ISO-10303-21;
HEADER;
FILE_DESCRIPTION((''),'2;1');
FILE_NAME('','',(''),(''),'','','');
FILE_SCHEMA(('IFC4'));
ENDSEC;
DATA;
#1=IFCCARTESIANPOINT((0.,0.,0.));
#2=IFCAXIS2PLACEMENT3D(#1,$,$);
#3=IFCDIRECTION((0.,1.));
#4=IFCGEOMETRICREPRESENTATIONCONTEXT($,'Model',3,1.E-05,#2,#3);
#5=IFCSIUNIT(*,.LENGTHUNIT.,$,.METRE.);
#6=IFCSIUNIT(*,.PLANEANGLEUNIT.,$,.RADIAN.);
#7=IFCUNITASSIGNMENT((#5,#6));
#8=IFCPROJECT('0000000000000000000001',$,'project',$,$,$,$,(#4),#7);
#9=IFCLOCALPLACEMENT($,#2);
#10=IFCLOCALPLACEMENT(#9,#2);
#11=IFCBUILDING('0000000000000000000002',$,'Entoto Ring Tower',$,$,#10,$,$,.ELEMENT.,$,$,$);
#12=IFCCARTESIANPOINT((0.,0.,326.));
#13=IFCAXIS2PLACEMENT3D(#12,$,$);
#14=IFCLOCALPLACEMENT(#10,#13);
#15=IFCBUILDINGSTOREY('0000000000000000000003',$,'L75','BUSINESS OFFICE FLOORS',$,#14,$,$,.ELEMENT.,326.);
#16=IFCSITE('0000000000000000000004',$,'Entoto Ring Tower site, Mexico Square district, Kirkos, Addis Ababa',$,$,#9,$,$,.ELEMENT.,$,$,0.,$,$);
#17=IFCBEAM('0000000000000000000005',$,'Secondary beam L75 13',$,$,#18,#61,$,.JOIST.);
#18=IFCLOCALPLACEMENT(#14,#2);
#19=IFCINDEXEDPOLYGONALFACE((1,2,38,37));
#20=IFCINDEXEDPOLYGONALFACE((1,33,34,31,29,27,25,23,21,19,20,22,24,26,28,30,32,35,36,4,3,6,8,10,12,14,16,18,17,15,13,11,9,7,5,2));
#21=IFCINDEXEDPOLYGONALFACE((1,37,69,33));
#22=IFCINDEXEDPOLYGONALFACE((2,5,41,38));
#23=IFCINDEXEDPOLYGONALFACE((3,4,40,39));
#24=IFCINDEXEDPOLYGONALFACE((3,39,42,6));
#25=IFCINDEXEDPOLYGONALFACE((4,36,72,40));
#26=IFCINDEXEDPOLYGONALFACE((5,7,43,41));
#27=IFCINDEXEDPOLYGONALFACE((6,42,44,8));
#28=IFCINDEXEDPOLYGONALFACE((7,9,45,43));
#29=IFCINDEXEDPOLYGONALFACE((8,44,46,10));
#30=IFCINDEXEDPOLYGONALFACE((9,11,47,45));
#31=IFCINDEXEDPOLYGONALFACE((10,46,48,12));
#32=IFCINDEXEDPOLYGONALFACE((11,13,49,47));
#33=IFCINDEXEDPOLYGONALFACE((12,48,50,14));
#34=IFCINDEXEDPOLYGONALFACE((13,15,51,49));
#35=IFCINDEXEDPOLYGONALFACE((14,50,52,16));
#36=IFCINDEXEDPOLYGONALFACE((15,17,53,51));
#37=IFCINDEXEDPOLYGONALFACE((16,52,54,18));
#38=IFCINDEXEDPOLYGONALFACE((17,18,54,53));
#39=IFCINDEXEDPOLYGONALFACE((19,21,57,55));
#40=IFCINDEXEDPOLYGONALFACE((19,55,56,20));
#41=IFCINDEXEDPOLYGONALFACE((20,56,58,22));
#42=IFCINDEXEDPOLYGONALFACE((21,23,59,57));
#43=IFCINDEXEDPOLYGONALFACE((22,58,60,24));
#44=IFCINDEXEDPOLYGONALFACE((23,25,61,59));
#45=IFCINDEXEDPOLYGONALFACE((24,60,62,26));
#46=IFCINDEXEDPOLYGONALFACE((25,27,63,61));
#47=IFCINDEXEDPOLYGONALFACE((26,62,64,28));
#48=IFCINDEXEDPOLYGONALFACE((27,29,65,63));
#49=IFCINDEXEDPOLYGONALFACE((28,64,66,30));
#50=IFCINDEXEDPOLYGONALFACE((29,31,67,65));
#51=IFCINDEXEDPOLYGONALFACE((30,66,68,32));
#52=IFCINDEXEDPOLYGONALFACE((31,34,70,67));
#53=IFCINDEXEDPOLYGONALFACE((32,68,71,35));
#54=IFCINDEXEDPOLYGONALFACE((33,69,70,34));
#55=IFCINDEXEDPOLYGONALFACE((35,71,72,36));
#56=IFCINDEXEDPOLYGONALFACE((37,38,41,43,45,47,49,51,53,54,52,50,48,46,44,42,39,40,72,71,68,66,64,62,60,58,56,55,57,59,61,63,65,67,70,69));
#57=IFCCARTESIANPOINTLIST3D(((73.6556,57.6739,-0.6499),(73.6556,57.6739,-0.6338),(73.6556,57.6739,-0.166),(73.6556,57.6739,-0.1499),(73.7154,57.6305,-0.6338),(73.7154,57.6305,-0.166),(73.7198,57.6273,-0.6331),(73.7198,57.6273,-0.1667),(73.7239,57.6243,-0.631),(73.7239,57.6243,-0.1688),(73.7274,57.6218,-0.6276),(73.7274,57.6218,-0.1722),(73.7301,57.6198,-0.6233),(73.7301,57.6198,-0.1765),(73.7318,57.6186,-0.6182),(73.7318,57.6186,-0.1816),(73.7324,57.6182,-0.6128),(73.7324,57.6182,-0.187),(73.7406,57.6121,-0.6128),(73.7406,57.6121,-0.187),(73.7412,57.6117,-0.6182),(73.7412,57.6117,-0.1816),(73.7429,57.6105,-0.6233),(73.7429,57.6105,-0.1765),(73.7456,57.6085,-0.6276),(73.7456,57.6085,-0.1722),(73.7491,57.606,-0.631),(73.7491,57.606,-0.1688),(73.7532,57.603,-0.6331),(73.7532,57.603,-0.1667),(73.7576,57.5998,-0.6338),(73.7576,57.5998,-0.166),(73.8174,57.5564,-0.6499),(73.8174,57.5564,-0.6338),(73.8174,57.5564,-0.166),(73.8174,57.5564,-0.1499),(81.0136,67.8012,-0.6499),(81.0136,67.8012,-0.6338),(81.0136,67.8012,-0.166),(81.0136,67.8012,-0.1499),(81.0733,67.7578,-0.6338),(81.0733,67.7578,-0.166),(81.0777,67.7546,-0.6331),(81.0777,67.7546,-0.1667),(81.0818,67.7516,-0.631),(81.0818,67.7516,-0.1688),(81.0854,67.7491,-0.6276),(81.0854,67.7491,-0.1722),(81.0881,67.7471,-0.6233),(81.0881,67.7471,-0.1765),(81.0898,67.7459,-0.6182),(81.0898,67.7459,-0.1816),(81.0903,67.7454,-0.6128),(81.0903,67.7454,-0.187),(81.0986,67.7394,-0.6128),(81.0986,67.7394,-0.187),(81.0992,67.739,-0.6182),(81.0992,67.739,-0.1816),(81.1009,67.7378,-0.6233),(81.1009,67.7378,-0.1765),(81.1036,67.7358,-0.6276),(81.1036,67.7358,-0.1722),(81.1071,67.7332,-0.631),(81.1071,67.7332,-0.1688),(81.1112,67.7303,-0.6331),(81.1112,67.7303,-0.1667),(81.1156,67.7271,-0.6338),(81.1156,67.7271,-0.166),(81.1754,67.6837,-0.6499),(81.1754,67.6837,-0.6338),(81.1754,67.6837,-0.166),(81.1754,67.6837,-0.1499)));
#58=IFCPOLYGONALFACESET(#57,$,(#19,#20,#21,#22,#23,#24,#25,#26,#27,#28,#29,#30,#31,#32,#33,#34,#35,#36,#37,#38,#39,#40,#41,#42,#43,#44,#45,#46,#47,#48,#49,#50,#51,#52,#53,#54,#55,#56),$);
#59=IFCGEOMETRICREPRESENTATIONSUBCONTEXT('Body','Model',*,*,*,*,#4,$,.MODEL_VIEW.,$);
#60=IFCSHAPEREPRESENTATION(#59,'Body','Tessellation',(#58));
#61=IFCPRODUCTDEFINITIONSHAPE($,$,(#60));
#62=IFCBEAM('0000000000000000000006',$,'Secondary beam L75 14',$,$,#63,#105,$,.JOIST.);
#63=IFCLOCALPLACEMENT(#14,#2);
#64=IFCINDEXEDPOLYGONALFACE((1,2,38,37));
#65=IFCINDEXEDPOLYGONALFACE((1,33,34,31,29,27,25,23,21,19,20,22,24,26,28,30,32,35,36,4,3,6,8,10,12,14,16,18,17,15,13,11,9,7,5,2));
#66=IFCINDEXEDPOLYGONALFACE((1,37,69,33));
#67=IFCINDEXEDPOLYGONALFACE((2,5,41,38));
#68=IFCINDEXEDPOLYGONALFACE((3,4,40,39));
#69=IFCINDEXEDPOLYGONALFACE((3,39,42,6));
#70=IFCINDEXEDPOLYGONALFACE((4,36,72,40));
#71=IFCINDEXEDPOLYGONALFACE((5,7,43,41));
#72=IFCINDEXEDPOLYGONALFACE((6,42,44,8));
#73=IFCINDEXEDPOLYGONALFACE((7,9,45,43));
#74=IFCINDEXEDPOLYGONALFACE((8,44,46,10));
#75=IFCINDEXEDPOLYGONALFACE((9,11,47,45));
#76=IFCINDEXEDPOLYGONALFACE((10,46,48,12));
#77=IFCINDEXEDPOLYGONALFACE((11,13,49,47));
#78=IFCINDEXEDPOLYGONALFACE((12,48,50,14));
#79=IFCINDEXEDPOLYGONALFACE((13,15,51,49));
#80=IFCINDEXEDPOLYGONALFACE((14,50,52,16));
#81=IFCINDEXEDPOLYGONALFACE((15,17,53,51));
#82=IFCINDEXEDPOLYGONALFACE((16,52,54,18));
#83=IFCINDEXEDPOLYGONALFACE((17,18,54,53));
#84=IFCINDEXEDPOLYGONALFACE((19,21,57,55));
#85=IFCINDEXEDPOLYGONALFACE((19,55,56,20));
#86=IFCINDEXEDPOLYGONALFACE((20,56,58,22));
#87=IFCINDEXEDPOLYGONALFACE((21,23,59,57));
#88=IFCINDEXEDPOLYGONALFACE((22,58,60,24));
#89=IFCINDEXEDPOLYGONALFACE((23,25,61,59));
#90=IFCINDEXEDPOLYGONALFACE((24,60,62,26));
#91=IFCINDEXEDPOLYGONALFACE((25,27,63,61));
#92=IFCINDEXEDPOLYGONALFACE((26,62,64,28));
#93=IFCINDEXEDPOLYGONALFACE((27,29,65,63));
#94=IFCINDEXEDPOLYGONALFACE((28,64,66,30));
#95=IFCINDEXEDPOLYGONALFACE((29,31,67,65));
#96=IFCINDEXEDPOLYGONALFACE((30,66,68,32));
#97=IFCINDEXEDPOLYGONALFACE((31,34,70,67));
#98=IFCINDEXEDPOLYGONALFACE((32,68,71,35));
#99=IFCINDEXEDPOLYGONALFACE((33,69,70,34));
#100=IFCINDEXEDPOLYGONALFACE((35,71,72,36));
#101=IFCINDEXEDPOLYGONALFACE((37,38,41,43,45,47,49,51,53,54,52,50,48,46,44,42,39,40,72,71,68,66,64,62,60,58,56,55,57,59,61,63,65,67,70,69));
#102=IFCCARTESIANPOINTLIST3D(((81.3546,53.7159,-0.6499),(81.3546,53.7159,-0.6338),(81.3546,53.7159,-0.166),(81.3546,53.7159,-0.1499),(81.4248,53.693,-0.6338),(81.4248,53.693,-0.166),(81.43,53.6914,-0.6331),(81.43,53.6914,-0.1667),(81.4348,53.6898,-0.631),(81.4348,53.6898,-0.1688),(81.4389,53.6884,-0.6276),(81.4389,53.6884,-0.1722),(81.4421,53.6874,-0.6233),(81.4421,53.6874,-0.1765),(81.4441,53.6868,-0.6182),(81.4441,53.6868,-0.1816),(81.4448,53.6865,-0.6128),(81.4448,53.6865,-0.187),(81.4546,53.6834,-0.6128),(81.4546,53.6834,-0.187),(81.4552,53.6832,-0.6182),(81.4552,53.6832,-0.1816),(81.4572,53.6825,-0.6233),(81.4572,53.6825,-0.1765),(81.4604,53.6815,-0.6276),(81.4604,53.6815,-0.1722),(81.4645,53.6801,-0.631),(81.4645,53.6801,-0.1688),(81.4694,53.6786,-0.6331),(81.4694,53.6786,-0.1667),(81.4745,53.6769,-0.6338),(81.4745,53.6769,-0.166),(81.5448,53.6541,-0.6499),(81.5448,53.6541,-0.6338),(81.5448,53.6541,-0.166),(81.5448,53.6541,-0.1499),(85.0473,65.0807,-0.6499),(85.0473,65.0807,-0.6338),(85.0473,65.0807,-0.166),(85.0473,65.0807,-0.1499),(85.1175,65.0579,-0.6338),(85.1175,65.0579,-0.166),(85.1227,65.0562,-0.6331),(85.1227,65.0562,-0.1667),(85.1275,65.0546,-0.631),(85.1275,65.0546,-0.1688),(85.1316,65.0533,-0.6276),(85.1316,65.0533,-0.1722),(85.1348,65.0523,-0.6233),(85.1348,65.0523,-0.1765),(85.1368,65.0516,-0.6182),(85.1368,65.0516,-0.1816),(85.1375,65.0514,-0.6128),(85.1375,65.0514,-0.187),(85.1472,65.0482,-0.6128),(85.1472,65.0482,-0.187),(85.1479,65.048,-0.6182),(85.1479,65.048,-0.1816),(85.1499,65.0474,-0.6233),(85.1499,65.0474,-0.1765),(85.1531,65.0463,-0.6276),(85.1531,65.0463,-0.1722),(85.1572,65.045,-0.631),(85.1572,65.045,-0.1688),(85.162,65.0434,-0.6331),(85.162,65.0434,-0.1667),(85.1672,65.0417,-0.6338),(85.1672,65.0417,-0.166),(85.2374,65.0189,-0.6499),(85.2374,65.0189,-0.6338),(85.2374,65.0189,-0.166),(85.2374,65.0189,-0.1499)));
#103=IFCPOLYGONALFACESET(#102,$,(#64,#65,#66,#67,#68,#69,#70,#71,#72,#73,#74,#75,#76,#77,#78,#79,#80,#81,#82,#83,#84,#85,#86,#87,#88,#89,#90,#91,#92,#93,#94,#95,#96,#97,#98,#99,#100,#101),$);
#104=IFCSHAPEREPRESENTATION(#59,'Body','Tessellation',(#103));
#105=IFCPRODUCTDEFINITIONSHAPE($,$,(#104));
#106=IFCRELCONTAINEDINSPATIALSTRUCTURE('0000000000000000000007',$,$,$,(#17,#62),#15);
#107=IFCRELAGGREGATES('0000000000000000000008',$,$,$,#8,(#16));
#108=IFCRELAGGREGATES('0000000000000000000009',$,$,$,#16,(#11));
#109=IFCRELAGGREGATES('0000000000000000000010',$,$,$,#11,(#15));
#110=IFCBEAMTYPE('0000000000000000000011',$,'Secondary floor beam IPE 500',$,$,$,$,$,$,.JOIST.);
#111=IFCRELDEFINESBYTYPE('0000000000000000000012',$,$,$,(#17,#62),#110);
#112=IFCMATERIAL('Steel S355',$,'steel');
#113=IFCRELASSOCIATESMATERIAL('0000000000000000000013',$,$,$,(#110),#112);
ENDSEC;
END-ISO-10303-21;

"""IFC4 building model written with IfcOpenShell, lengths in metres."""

from ifc_helpers import new_model, si_unit, direction, frame, origin, origin_2d, place, context, subcontext, project, spatial, i_section, extrude, material, material_profile, profile_set, type_object, element, save


model = new_model("IFC4")

# Units and contexts
model_context = context("Model", 3, precision=1e-05, world=origin(), true_north=direction((0.0, 1.0)))
body_context = subcontext(model_context, "Body", "Model", "MODEL_VIEW")
ifc_project = project(units=[si_unit("LENGTHUNIT", "METRE"), si_unit("PLANEANGLEUNIT", "RADIAN")], contexts=[model_context])

# Site, building, storey
site_placement = place(None, origin())
site = spatial("IfcSite", under=ifc_project, at=site_placement, Name="Entoto Ring Tower site, Mexico Square district, Kirkos, Addis Ababa", CompositionType="ELEMENT", RefElevation=0.0)
building_placement = place(site_placement, origin())
building = spatial("IfcBuilding", under=site, at=building_placement, Name="Entoto Ring Tower", CompositionType="ELEMENT")
storey_placement = place(building_placement, frame((0.0, 0.0, 326.0)))
storey = spatial("IfcBuildingStorey", under=building, at=storey_placement, Name="L75", Description="BUSINESS OFFICE FLOORS", CompositionType="ELEMENT", Elevation=326.0)

# Beams
ifc_material_1 = material(Name="Steel S355", Category="steel")
ifc_material_profile_1 = material_profile(ifc_material_1, i_section(OverallWidth=0.2, OverallDepth=0.5, WebThickness=0.0103, FlangeThickness=0.0161, FilletRadius=0.021, at=origin_2d()), Name="IPE 500")
ifc_profile_set_1 = profile_set([ifc_material_profile_1], Name="Steel S355")
beam_type_1 = type_object("IfcBeamType", Name="Secondary floor beam IPE 500", PredefinedType="JOIST", material=ifc_profile_set_1)
for number, where, z_axis, x_axis, name in (
    (1, (81.0945, 67.7424, -0.3999), (-0.587789, -0.809014, 0.0), (0.809014, -0.587789, 0.0), "Secondary beam L75 13"),
):
    element("IfcBeam", number, at=place(storey_placement, frame(where, z_axis=z_axis, x_axis=x_axis)), inside=storey, type_object=beam_type_1, Name=name, PredefinedType="JOIST", context=body_context, shape_type="SweptSolid", body=[
        extrude(i_section(OverallWidth=0.2, OverallDepth=0.5, WebThickness=0.0103, FlangeThickness=0.0161, FilletRadius=0.021, at=origin_2d()), origin(), (0.0, 0.0, 1.0), 12.5181),
    ])
beam_1_placement = place(storey_placement, frame((85.1423, 65.0498, -0.3999), z_axis=(-0.309017, -0.951057, 0.0), x_axis=(0.951057, -0.309017, 0.0)))
element("IfcBeam", 2, at=beam_1_placement, inside=storey, type_object=beam_type_1, Name="Secondary beam L75 14", PredefinedType="JOIST", context=body_context, shape_type="SweptSolid", body=[
    extrude(i_section(OverallWidth=0.2, OverallDepth=0.5, WebThickness=0.0103, FlangeThickness=0.0161, FilletRadius=0.021, at=origin_2d()), origin(), (0.0, 0.0, 1.0), 11.9497),
])

save(model, "model.ifc")
